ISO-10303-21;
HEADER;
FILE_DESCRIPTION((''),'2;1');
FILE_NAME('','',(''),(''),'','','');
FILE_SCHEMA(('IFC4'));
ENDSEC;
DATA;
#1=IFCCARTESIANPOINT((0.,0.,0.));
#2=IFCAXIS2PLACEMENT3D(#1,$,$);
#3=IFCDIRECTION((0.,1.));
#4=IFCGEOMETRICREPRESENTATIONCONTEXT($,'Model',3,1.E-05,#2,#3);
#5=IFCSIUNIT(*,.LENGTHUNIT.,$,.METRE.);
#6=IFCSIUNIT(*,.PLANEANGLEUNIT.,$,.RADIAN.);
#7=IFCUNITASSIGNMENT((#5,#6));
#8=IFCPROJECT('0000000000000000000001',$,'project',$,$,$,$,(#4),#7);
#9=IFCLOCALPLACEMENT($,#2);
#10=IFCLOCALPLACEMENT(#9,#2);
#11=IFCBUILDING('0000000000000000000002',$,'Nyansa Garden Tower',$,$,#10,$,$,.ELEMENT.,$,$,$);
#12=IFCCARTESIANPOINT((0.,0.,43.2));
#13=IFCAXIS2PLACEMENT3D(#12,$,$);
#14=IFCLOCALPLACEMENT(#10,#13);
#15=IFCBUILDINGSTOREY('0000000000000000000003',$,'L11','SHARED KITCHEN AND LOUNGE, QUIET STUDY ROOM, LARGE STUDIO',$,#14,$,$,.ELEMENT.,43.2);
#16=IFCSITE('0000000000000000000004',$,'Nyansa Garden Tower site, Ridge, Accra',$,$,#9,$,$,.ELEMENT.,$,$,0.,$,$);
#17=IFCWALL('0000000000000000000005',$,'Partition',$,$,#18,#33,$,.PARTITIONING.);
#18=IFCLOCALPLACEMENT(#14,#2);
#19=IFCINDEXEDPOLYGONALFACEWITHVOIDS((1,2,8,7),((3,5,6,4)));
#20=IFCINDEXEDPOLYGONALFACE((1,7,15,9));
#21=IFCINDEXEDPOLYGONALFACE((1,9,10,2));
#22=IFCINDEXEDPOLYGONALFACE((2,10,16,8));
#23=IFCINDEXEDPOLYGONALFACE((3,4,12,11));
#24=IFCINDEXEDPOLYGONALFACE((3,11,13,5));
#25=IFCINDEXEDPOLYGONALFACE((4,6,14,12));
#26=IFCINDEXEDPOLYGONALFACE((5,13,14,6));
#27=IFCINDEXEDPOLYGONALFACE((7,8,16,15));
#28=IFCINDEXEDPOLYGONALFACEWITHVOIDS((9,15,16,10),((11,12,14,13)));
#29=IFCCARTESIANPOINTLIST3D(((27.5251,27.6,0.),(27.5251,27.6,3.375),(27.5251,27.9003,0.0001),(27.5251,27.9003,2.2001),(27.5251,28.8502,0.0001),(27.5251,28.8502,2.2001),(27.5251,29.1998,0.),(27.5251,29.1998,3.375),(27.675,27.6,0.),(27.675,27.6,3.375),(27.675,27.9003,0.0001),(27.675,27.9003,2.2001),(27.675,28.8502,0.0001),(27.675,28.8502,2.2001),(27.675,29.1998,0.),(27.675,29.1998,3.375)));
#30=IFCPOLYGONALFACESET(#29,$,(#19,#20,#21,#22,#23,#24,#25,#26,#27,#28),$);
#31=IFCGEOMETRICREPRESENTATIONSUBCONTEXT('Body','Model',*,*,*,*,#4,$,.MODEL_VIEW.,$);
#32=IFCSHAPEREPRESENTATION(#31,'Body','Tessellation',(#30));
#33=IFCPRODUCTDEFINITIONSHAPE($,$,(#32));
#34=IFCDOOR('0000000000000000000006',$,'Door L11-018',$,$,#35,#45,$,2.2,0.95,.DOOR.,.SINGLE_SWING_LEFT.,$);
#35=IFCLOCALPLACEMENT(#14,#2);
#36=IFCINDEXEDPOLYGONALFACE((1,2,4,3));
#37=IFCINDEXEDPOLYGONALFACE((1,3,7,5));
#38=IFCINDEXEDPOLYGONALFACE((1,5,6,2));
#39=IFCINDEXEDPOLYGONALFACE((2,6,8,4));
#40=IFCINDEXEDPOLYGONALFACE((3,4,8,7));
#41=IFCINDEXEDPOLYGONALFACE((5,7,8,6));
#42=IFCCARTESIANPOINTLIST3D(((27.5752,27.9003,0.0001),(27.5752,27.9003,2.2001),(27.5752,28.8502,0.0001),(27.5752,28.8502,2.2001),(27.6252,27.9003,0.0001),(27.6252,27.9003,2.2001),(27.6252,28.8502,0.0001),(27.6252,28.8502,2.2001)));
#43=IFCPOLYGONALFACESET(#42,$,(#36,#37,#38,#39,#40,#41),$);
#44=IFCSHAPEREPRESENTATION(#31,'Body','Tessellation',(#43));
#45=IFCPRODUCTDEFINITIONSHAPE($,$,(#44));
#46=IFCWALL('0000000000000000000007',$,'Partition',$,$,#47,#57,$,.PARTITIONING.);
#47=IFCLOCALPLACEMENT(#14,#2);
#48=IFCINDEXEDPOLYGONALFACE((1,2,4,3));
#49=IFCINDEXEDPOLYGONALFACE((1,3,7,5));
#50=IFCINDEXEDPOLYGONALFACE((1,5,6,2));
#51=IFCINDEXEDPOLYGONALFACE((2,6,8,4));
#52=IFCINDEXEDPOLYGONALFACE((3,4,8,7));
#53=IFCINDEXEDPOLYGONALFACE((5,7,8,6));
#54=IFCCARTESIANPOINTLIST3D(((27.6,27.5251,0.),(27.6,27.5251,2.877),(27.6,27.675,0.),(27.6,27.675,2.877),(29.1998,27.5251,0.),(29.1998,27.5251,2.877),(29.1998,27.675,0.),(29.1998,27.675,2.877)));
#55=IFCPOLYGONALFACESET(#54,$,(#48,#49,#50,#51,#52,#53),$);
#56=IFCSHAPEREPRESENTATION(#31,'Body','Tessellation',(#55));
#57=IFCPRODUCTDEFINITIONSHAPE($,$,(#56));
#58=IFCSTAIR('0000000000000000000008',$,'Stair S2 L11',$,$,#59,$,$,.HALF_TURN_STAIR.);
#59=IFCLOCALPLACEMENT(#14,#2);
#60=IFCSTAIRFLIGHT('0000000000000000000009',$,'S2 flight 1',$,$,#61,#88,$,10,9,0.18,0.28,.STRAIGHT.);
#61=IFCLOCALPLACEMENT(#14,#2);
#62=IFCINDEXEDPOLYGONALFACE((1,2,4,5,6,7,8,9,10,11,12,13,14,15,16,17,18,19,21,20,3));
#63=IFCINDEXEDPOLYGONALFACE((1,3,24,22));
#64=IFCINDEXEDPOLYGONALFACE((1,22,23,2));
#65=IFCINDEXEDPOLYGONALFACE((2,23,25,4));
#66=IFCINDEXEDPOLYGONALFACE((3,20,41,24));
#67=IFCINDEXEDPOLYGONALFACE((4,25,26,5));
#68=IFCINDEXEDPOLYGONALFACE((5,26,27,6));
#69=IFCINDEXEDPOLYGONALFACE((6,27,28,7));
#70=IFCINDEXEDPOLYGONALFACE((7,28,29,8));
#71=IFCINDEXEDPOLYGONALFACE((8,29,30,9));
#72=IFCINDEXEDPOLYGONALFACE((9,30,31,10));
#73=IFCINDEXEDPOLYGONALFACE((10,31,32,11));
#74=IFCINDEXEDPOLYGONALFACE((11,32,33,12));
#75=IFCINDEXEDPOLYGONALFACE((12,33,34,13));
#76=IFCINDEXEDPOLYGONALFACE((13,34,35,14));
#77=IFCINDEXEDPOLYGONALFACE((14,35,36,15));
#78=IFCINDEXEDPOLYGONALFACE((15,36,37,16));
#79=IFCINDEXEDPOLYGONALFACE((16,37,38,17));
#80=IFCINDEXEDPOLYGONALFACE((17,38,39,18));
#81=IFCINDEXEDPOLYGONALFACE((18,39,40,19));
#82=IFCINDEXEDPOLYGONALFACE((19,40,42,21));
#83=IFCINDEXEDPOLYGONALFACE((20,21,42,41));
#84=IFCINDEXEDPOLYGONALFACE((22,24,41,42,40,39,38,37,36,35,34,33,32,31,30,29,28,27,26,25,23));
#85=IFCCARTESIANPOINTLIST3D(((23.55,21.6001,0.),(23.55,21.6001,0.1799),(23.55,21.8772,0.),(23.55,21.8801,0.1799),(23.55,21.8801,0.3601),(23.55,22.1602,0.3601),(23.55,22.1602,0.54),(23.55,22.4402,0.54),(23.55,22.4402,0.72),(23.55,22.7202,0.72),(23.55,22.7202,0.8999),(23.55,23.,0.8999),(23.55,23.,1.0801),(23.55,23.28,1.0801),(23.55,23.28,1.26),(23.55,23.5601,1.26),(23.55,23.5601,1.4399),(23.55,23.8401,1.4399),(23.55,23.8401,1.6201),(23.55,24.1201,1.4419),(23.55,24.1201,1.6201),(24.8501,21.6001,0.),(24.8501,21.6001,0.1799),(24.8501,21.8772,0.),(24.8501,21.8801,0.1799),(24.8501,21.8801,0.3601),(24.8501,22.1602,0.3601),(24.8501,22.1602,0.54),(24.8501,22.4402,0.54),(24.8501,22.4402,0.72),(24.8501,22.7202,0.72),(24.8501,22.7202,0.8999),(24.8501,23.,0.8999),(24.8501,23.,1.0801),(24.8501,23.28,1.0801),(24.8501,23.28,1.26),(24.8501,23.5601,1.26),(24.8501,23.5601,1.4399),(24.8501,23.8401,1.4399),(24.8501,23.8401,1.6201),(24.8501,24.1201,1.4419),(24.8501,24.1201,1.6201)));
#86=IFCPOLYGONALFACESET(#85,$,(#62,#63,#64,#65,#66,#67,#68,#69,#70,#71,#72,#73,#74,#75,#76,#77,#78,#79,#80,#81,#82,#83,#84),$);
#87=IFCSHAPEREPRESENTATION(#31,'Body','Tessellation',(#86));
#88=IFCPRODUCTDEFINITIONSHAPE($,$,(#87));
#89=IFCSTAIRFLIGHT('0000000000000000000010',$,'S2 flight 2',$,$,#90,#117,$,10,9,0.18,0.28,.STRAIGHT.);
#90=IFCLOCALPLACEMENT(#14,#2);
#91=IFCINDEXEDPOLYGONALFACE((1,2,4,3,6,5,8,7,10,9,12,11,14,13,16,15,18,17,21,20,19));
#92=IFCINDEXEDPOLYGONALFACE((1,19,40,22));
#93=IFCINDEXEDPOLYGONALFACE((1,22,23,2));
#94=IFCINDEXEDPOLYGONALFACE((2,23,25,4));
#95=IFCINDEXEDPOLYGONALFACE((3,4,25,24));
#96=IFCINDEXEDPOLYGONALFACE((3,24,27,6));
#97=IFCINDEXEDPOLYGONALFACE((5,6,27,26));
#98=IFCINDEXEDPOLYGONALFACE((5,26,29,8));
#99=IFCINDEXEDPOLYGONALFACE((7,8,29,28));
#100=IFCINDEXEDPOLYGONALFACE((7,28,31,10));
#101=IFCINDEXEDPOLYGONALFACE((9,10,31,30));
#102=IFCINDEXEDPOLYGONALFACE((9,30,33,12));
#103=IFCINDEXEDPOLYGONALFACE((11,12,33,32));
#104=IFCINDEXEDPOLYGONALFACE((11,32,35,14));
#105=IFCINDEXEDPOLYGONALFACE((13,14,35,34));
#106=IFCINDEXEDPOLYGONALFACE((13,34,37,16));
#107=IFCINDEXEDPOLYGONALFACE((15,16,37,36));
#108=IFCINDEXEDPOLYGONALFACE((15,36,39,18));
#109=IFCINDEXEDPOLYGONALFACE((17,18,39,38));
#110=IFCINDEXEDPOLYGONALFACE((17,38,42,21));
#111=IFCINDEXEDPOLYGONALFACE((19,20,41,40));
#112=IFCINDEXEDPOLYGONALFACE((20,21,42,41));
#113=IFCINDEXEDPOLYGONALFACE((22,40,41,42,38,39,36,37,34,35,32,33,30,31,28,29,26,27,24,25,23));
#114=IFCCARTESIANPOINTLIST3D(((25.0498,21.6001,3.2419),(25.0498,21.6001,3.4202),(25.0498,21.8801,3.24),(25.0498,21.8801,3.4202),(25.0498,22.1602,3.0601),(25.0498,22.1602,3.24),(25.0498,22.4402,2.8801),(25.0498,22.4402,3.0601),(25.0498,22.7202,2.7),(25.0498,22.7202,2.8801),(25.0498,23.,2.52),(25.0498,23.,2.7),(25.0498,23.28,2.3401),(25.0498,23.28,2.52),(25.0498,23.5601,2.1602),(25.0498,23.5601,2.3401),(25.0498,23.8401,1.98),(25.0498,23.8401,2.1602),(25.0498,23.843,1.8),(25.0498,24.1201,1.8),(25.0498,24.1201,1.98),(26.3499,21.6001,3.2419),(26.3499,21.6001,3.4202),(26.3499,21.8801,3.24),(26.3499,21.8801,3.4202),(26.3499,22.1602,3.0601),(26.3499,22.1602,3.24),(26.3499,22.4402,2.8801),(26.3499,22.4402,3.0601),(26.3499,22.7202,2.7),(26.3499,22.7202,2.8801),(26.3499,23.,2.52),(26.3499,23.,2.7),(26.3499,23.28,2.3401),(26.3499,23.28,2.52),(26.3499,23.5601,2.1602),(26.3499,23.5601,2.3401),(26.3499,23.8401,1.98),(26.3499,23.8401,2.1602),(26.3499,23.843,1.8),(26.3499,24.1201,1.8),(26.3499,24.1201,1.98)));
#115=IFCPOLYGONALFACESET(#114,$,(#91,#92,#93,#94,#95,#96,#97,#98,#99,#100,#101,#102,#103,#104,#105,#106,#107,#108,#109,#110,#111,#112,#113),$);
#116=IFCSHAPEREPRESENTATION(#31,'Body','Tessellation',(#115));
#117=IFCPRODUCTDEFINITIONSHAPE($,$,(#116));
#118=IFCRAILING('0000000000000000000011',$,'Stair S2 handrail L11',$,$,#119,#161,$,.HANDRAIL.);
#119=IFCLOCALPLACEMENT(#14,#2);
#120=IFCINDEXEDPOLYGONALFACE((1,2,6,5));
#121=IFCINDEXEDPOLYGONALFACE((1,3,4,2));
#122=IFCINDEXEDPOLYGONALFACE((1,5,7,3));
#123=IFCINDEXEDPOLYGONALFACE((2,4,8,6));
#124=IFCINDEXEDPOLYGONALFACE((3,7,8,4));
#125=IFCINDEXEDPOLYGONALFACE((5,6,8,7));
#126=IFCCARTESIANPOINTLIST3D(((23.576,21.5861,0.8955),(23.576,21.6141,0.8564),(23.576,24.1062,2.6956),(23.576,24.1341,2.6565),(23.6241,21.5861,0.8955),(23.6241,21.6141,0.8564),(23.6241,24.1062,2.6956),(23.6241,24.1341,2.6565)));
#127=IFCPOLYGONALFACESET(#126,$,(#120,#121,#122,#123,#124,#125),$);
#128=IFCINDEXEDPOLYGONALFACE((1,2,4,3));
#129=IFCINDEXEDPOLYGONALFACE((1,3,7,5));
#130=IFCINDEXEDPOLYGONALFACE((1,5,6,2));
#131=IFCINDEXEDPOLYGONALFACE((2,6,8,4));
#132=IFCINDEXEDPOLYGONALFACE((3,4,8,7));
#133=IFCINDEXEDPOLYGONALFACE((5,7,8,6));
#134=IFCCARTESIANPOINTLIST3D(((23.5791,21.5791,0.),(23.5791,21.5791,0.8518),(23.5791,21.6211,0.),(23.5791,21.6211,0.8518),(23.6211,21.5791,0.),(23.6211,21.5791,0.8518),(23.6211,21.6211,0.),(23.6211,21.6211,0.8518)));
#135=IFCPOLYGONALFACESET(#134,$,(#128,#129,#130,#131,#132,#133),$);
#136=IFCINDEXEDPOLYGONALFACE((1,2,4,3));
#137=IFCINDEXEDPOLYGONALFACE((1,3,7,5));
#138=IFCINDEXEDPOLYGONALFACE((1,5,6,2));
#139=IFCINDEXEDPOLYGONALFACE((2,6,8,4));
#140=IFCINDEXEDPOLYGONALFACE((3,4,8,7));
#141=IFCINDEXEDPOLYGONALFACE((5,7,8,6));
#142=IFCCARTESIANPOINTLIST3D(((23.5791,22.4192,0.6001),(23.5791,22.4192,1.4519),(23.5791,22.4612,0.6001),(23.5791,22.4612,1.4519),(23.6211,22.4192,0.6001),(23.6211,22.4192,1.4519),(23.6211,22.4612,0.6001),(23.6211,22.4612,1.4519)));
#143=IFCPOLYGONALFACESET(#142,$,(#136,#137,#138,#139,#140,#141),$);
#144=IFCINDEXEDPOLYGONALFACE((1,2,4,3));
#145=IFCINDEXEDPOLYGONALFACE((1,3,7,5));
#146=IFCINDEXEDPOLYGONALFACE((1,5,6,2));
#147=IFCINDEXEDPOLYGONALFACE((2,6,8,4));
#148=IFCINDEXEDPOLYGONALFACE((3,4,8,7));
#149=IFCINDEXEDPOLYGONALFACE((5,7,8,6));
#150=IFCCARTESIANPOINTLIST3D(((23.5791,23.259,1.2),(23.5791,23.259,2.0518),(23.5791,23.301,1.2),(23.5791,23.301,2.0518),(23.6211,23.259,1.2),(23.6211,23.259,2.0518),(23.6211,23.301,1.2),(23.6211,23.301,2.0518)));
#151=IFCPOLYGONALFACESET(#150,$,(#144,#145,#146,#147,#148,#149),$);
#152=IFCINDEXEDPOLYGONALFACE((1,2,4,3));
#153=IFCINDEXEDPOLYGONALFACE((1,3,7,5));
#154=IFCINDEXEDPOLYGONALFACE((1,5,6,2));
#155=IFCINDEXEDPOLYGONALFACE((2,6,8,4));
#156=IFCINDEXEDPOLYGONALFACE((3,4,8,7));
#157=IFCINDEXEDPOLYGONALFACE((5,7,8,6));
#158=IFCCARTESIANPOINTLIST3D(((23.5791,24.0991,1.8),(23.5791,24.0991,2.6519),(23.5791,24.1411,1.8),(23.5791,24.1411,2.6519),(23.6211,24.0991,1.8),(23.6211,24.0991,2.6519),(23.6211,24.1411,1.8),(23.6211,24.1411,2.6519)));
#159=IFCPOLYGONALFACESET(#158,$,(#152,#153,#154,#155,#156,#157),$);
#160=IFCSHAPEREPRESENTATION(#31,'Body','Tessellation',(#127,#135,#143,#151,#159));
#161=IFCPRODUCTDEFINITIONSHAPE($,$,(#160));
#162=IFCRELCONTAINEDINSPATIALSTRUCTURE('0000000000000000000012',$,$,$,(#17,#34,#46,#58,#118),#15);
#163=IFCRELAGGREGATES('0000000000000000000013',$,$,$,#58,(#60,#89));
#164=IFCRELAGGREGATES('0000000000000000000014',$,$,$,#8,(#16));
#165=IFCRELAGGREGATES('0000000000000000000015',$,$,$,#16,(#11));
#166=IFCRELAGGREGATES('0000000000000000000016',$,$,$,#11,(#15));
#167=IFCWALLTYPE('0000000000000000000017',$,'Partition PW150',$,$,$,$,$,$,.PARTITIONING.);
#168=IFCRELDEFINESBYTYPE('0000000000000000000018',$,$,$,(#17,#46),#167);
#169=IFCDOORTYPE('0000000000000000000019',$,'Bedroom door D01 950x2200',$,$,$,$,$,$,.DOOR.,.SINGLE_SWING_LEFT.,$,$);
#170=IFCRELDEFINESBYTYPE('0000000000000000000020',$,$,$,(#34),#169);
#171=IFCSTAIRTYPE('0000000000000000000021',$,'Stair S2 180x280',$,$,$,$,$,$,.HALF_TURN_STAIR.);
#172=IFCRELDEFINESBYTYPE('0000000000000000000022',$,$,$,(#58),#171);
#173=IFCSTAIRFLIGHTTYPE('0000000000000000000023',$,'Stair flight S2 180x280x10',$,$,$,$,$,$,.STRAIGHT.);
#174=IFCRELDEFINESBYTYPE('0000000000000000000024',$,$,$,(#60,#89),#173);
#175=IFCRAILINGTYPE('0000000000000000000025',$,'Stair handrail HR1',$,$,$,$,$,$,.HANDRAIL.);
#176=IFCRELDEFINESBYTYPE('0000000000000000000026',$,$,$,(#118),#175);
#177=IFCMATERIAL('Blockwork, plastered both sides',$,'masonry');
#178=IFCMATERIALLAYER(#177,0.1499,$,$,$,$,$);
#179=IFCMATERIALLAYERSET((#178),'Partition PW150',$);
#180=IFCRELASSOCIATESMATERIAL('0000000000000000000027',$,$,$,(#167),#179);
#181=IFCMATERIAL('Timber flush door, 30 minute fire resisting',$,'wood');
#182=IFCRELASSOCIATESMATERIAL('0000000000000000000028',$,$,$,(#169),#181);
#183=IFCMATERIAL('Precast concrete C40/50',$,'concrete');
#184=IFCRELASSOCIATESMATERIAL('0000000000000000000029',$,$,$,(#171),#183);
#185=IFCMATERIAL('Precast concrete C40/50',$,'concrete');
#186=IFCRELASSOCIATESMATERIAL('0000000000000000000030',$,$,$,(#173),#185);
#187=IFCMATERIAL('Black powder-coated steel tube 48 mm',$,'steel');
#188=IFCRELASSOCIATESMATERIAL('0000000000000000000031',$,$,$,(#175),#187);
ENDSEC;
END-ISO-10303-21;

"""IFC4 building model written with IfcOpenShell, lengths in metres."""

from ifc_helpers import new_model, si_unit, direction, frame, frame_2d, origin, origin_2d, place, context, subcontext, project, spatial, polyline, rectangle, outline, extrude, material, layer, layer_set, type_object, element, fill, aggregate, save


model = new_model("IFC4")

# Units and contexts
model_context = context("Model", 3, precision=1e-05, world=origin(), true_north=direction((0.0, 1.0)))
body_context = subcontext(model_context, "Body", "Model", "MODEL_VIEW")
ifc_project = project(units=[si_unit("LENGTHUNIT", "METRE"), si_unit("PLANEANGLEUNIT", "RADIAN")], contexts=[model_context])

# Site, building, storey
site_placement = place(None, origin())
site = spatial("IfcSite", under=ifc_project, at=site_placement, Name="Nyansa Garden Tower site, Ridge, Accra", CompositionType="ELEMENT", RefElevation=0.0)
building_placement = place(site_placement, origin())
building = spatial("IfcBuilding", under=site, at=building_placement, Name="Nyansa Garden Tower", CompositionType="ELEMENT")
storey_placement = place(building_placement, frame((0.0, 0.0, 43.2)))
storey = spatial("IfcBuildingStorey", under=building, at=storey_placement, Name="L11", Description="SHARED KITCHEN AND LOUNGE, QUIET STUDY ROOM, LARGE STUDIO", CompositionType="ELEMENT", Elevation=43.2)

# Shared definitions
ifc_material_1 = material(Name="Blockwork, plastered both sides", Category="masonry")
ifc_layer_1 = layer(ifc_material_1, 0.1499)
ifc_layer_set_1 = layer_set([ifc_layer_1], Name="Partition PW150")
wall_type_1 = type_object("IfcWallType", Name="Partition PW150", PredefinedType="PARTITIONING", material=ifc_layer_set_1)

# Wall, opening, door
wall_1_placement = place(storey_placement, frame((27.6001, 27.6001, 0.0), z_axis=(0.0, 0.0, 1.0), x_axis=(0.0, 1.0, 0.0)))
wall_1 = element("IfcWall", 1, at=wall_1_placement, inside=storey, type_object=wall_type_1, Name="Partition", PredefinedType="PARTITIONING", context=body_context, shape_type="SweptSolid", body=[
    extrude(rectangle(XDim=1.5999, YDim=0.1499, at=frame_2d((0.7998, 0.0))), origin(), (0.0, 0.0, 1.0), 3.375),
])
opening_1_placement = place(wall_1_placement, frame((0.3, 0.0, 0.0)))
opening_1 = element("IfcOpeningElement", 2, at=opening_1_placement, cuts=wall_1, PredefinedType="OPENING", context=body_context, shape_type="SweptSolid", body=[
    extrude(rectangle(XDim=0.95, YDim=2.2, at=frame_2d((0.4751, 1.1001))), frame((0.0, 0.085, 0.0), z_axis=(0.0, -1.0, 0.0), x_axis=(1.0, 0.0, 0.0)), (0.0, 0.0, 1.0), 0.1699),
])
ifc_material_2 = material(Name="Timber flush door, 30 minute fire resisting", Category="wood")
door_type_1 = type_object("IfcDoorType", Name="Bedroom door D01 950x2200", OperationType="SINGLE_SWING_LEFT", PredefinedType="DOOR", material=ifc_material_2)
door_1_placement = place(opening_1_placement, origin())
door_1 = element("IfcDoor", 3, at=door_1_placement, inside=storey, type_object=door_type_1, Name="Door L11-018", OperationType="SINGLE_SWING_LEFT", OverallHeight=2.2, OverallWidth=0.95, PredefinedType="DOOR", context=body_context, shape_type="SweptSolid", body=[
    extrude(rectangle(XDim=0.95, YDim=2.2, at=frame_2d((0.4751, 1.1001))), frame((0.0, 0.0249, 0.0), z_axis=(0.0, -1.0, 0.0), x_axis=(1.0, 0.0, 0.0)), (0.0, 0.0, 1.0), 0.05),
])
fill(opening_1, door_1)

# Wall
wall_2_placement = place(storey_placement, frame((27.6001, 27.6001, 0.0), z_axis=(0.0, 0.0, 1.0), x_axis=(1.0, 0.0, 0.0)))
element("IfcWall", 4, at=wall_2_placement, inside=storey, type_object=wall_type_1, Name="Partition", PredefinedType="PARTITIONING", context=body_context, shape_type="SweptSolid", body=[
    extrude(rectangle(XDim=1.5999, YDim=0.1499, at=frame_2d((0.7998, 0.0))), origin(), (0.0, 0.0, 1.0), 2.877),
])

# Stair, stair flights
ifc_material_3 = material(Name="Precast concrete C40/50", Category="concrete")
stair_type = type_object("IfcStairType", Name="Stair S2 180x280", PredefinedType="HALF_TURN_STAIR", material=ifc_material_3)
stair_placement = place(storey_placement, origin())
stair = element("IfcStair", 5, at=stair_placement, inside=storey, type_object=stair_type, Name="Stair S2 L11", PredefinedType="HALF_TURN_STAIR")
ifc_material_4 = material(Name="Precast concrete C40/50", Category="concrete")
stair_flight_type = type_object("IfcStairFlightType", Name="Stair flight S2 180x280x10", PredefinedType="STRAIGHT", material=ifc_material_4)
stair_flight_1_placement = place(storey_placement, frame((24.2, 21.6001, 0.0), z_axis=(0.0, 0.0, 1.0), x_axis=(0.0, 1.0, 0.0)))
stair_flight_1 = element("IfcStairFlight", 6, at=stair_flight_1_placement, type_object=stair_flight_type, Name="S2 flight 1", NumberOfRisers=10, NumberOfTreads=9, PredefinedType="STRAIGHT", RiserHeight=0.18, TreadLength=0.28, context=body_context, shape_type="SweptSolid", body=[
    extrude(outline(polyline([(0.0, 0.0), (0.0, 0.1799), (0.28, 0.1799), (0.28, 0.3601), (0.5601, 0.3601), (0.5601, 0.54), (0.8401, 0.54), (0.8401, 0.72), (1.1201, 0.72), (1.1201, 0.8999), (1.3999, 0.8999), (1.3999, 1.0801), (1.6799, 1.0801), (1.6799, 1.26), (1.96, 1.26), (1.96, 1.4399), (2.24, 1.4399), (2.24, 1.6201), (2.52, 1.6201), (2.52, 1.8), (2.52, 1.4419), (0.2771, 0.0), (0.0, 0.0)])), frame((0.0, 0.6499, 0.0), z_axis=(0.0, -1.0, 0.0), x_axis=(1.0, 0.0, 0.0)), (0.0, 0.0, 1.0), 1.3),
])
stair_flight_2_placement = place(storey_placement, frame((25.7, 24.1201, 1.8), z_axis=(0.0, 0.0, 1.0), x_axis=(0.0, -1.0, 0.0)))
stair_flight_2 = element("IfcStairFlight", 7, at=stair_flight_2_placement, type_object=stair_flight_type, Name="S2 flight 2", NumberOfRisers=10, NumberOfTreads=9, PredefinedType="STRAIGHT", RiserHeight=0.18, TreadLength=0.28, context=body_context, shape_type="SweptSolid", body=[
    extrude(outline(polyline([(0.0, 0.0), (0.0, 0.1799), (0.28, 0.1799), (0.28, 0.3601), (0.5601, 0.3601), (0.5601, 0.54), (0.8401, 0.54), (0.8401, 0.72), (1.1201, 0.72), (1.1201, 0.8999), (1.3999, 0.8999), (1.3999, 1.0801), (1.6799, 1.0801), (1.6799, 1.26), (1.96, 1.26), (1.96, 1.4399), (2.24, 1.4399), (2.24, 1.6201), (2.52, 1.6201), (2.52, 1.8), (2.52, 1.4419), (0.2771, 0.0), (0.0, 0.0)])), frame((0.0, 0.6499, 0.0), z_axis=(0.0, -1.0, 0.0), x_axis=(1.0, 0.0, 0.0)), (0.0, 0.0, 1.0), 1.3),
])
aggregate(stair, [stair_flight_1, stair_flight_2])

# Railing
ifc_material_5 = material(Name="Black powder-coated steel tube 48 mm", Category="steel")
railing_type = type_object("IfcRailingType", Name="Stair handrail HR1", PredefinedType="HANDRAIL", material=ifc_material_5)
railing_1_placement = place(storey_placement, frame((23.6001, 21.6001, 0.0)))
element("IfcRailing", 8, at=railing_1_placement, inside=storey, type_object=railing_type, Name="Stair S2 handrail L11", PredefinedType="HANDRAIL", context=body_context, shape_type="SweptSolid", body=[
    extrude(rectangle(XDim=0.0481, YDim=0.0481, at=origin_2d()), frame((0.0, 0.0, 0.876), z_axis=(0.0, 0.813728, 0.581246), x_axis=(-1.0, 0.0, 0.0)), (0.0, 0.0, 1.0), 3.0969),
    extrude(rectangle(XDim=0.042, YDim=0.042, at=origin_2d()), origin(), (0.0, 0.0, 1.0), 0.8518),
    extrude(rectangle(XDim=0.042, YDim=0.042, at=origin_2d()), frame((0.0, 0.8401, 0.6001)), (0.0, 0.0, 1.0), 0.8518),
    extrude(rectangle(XDim=0.042, YDim=0.042, at=origin_2d()), frame((0.0, 1.6799, 1.2)), (0.0, 0.0, 1.0), 0.8518),
    extrude(rectangle(XDim=0.042, YDim=0.042, at=origin_2d()), frame((0.0, 2.52, 1.8)), (0.0, 0.0, 1.0), 0.8518),
])

save(model, "model.ifc")
